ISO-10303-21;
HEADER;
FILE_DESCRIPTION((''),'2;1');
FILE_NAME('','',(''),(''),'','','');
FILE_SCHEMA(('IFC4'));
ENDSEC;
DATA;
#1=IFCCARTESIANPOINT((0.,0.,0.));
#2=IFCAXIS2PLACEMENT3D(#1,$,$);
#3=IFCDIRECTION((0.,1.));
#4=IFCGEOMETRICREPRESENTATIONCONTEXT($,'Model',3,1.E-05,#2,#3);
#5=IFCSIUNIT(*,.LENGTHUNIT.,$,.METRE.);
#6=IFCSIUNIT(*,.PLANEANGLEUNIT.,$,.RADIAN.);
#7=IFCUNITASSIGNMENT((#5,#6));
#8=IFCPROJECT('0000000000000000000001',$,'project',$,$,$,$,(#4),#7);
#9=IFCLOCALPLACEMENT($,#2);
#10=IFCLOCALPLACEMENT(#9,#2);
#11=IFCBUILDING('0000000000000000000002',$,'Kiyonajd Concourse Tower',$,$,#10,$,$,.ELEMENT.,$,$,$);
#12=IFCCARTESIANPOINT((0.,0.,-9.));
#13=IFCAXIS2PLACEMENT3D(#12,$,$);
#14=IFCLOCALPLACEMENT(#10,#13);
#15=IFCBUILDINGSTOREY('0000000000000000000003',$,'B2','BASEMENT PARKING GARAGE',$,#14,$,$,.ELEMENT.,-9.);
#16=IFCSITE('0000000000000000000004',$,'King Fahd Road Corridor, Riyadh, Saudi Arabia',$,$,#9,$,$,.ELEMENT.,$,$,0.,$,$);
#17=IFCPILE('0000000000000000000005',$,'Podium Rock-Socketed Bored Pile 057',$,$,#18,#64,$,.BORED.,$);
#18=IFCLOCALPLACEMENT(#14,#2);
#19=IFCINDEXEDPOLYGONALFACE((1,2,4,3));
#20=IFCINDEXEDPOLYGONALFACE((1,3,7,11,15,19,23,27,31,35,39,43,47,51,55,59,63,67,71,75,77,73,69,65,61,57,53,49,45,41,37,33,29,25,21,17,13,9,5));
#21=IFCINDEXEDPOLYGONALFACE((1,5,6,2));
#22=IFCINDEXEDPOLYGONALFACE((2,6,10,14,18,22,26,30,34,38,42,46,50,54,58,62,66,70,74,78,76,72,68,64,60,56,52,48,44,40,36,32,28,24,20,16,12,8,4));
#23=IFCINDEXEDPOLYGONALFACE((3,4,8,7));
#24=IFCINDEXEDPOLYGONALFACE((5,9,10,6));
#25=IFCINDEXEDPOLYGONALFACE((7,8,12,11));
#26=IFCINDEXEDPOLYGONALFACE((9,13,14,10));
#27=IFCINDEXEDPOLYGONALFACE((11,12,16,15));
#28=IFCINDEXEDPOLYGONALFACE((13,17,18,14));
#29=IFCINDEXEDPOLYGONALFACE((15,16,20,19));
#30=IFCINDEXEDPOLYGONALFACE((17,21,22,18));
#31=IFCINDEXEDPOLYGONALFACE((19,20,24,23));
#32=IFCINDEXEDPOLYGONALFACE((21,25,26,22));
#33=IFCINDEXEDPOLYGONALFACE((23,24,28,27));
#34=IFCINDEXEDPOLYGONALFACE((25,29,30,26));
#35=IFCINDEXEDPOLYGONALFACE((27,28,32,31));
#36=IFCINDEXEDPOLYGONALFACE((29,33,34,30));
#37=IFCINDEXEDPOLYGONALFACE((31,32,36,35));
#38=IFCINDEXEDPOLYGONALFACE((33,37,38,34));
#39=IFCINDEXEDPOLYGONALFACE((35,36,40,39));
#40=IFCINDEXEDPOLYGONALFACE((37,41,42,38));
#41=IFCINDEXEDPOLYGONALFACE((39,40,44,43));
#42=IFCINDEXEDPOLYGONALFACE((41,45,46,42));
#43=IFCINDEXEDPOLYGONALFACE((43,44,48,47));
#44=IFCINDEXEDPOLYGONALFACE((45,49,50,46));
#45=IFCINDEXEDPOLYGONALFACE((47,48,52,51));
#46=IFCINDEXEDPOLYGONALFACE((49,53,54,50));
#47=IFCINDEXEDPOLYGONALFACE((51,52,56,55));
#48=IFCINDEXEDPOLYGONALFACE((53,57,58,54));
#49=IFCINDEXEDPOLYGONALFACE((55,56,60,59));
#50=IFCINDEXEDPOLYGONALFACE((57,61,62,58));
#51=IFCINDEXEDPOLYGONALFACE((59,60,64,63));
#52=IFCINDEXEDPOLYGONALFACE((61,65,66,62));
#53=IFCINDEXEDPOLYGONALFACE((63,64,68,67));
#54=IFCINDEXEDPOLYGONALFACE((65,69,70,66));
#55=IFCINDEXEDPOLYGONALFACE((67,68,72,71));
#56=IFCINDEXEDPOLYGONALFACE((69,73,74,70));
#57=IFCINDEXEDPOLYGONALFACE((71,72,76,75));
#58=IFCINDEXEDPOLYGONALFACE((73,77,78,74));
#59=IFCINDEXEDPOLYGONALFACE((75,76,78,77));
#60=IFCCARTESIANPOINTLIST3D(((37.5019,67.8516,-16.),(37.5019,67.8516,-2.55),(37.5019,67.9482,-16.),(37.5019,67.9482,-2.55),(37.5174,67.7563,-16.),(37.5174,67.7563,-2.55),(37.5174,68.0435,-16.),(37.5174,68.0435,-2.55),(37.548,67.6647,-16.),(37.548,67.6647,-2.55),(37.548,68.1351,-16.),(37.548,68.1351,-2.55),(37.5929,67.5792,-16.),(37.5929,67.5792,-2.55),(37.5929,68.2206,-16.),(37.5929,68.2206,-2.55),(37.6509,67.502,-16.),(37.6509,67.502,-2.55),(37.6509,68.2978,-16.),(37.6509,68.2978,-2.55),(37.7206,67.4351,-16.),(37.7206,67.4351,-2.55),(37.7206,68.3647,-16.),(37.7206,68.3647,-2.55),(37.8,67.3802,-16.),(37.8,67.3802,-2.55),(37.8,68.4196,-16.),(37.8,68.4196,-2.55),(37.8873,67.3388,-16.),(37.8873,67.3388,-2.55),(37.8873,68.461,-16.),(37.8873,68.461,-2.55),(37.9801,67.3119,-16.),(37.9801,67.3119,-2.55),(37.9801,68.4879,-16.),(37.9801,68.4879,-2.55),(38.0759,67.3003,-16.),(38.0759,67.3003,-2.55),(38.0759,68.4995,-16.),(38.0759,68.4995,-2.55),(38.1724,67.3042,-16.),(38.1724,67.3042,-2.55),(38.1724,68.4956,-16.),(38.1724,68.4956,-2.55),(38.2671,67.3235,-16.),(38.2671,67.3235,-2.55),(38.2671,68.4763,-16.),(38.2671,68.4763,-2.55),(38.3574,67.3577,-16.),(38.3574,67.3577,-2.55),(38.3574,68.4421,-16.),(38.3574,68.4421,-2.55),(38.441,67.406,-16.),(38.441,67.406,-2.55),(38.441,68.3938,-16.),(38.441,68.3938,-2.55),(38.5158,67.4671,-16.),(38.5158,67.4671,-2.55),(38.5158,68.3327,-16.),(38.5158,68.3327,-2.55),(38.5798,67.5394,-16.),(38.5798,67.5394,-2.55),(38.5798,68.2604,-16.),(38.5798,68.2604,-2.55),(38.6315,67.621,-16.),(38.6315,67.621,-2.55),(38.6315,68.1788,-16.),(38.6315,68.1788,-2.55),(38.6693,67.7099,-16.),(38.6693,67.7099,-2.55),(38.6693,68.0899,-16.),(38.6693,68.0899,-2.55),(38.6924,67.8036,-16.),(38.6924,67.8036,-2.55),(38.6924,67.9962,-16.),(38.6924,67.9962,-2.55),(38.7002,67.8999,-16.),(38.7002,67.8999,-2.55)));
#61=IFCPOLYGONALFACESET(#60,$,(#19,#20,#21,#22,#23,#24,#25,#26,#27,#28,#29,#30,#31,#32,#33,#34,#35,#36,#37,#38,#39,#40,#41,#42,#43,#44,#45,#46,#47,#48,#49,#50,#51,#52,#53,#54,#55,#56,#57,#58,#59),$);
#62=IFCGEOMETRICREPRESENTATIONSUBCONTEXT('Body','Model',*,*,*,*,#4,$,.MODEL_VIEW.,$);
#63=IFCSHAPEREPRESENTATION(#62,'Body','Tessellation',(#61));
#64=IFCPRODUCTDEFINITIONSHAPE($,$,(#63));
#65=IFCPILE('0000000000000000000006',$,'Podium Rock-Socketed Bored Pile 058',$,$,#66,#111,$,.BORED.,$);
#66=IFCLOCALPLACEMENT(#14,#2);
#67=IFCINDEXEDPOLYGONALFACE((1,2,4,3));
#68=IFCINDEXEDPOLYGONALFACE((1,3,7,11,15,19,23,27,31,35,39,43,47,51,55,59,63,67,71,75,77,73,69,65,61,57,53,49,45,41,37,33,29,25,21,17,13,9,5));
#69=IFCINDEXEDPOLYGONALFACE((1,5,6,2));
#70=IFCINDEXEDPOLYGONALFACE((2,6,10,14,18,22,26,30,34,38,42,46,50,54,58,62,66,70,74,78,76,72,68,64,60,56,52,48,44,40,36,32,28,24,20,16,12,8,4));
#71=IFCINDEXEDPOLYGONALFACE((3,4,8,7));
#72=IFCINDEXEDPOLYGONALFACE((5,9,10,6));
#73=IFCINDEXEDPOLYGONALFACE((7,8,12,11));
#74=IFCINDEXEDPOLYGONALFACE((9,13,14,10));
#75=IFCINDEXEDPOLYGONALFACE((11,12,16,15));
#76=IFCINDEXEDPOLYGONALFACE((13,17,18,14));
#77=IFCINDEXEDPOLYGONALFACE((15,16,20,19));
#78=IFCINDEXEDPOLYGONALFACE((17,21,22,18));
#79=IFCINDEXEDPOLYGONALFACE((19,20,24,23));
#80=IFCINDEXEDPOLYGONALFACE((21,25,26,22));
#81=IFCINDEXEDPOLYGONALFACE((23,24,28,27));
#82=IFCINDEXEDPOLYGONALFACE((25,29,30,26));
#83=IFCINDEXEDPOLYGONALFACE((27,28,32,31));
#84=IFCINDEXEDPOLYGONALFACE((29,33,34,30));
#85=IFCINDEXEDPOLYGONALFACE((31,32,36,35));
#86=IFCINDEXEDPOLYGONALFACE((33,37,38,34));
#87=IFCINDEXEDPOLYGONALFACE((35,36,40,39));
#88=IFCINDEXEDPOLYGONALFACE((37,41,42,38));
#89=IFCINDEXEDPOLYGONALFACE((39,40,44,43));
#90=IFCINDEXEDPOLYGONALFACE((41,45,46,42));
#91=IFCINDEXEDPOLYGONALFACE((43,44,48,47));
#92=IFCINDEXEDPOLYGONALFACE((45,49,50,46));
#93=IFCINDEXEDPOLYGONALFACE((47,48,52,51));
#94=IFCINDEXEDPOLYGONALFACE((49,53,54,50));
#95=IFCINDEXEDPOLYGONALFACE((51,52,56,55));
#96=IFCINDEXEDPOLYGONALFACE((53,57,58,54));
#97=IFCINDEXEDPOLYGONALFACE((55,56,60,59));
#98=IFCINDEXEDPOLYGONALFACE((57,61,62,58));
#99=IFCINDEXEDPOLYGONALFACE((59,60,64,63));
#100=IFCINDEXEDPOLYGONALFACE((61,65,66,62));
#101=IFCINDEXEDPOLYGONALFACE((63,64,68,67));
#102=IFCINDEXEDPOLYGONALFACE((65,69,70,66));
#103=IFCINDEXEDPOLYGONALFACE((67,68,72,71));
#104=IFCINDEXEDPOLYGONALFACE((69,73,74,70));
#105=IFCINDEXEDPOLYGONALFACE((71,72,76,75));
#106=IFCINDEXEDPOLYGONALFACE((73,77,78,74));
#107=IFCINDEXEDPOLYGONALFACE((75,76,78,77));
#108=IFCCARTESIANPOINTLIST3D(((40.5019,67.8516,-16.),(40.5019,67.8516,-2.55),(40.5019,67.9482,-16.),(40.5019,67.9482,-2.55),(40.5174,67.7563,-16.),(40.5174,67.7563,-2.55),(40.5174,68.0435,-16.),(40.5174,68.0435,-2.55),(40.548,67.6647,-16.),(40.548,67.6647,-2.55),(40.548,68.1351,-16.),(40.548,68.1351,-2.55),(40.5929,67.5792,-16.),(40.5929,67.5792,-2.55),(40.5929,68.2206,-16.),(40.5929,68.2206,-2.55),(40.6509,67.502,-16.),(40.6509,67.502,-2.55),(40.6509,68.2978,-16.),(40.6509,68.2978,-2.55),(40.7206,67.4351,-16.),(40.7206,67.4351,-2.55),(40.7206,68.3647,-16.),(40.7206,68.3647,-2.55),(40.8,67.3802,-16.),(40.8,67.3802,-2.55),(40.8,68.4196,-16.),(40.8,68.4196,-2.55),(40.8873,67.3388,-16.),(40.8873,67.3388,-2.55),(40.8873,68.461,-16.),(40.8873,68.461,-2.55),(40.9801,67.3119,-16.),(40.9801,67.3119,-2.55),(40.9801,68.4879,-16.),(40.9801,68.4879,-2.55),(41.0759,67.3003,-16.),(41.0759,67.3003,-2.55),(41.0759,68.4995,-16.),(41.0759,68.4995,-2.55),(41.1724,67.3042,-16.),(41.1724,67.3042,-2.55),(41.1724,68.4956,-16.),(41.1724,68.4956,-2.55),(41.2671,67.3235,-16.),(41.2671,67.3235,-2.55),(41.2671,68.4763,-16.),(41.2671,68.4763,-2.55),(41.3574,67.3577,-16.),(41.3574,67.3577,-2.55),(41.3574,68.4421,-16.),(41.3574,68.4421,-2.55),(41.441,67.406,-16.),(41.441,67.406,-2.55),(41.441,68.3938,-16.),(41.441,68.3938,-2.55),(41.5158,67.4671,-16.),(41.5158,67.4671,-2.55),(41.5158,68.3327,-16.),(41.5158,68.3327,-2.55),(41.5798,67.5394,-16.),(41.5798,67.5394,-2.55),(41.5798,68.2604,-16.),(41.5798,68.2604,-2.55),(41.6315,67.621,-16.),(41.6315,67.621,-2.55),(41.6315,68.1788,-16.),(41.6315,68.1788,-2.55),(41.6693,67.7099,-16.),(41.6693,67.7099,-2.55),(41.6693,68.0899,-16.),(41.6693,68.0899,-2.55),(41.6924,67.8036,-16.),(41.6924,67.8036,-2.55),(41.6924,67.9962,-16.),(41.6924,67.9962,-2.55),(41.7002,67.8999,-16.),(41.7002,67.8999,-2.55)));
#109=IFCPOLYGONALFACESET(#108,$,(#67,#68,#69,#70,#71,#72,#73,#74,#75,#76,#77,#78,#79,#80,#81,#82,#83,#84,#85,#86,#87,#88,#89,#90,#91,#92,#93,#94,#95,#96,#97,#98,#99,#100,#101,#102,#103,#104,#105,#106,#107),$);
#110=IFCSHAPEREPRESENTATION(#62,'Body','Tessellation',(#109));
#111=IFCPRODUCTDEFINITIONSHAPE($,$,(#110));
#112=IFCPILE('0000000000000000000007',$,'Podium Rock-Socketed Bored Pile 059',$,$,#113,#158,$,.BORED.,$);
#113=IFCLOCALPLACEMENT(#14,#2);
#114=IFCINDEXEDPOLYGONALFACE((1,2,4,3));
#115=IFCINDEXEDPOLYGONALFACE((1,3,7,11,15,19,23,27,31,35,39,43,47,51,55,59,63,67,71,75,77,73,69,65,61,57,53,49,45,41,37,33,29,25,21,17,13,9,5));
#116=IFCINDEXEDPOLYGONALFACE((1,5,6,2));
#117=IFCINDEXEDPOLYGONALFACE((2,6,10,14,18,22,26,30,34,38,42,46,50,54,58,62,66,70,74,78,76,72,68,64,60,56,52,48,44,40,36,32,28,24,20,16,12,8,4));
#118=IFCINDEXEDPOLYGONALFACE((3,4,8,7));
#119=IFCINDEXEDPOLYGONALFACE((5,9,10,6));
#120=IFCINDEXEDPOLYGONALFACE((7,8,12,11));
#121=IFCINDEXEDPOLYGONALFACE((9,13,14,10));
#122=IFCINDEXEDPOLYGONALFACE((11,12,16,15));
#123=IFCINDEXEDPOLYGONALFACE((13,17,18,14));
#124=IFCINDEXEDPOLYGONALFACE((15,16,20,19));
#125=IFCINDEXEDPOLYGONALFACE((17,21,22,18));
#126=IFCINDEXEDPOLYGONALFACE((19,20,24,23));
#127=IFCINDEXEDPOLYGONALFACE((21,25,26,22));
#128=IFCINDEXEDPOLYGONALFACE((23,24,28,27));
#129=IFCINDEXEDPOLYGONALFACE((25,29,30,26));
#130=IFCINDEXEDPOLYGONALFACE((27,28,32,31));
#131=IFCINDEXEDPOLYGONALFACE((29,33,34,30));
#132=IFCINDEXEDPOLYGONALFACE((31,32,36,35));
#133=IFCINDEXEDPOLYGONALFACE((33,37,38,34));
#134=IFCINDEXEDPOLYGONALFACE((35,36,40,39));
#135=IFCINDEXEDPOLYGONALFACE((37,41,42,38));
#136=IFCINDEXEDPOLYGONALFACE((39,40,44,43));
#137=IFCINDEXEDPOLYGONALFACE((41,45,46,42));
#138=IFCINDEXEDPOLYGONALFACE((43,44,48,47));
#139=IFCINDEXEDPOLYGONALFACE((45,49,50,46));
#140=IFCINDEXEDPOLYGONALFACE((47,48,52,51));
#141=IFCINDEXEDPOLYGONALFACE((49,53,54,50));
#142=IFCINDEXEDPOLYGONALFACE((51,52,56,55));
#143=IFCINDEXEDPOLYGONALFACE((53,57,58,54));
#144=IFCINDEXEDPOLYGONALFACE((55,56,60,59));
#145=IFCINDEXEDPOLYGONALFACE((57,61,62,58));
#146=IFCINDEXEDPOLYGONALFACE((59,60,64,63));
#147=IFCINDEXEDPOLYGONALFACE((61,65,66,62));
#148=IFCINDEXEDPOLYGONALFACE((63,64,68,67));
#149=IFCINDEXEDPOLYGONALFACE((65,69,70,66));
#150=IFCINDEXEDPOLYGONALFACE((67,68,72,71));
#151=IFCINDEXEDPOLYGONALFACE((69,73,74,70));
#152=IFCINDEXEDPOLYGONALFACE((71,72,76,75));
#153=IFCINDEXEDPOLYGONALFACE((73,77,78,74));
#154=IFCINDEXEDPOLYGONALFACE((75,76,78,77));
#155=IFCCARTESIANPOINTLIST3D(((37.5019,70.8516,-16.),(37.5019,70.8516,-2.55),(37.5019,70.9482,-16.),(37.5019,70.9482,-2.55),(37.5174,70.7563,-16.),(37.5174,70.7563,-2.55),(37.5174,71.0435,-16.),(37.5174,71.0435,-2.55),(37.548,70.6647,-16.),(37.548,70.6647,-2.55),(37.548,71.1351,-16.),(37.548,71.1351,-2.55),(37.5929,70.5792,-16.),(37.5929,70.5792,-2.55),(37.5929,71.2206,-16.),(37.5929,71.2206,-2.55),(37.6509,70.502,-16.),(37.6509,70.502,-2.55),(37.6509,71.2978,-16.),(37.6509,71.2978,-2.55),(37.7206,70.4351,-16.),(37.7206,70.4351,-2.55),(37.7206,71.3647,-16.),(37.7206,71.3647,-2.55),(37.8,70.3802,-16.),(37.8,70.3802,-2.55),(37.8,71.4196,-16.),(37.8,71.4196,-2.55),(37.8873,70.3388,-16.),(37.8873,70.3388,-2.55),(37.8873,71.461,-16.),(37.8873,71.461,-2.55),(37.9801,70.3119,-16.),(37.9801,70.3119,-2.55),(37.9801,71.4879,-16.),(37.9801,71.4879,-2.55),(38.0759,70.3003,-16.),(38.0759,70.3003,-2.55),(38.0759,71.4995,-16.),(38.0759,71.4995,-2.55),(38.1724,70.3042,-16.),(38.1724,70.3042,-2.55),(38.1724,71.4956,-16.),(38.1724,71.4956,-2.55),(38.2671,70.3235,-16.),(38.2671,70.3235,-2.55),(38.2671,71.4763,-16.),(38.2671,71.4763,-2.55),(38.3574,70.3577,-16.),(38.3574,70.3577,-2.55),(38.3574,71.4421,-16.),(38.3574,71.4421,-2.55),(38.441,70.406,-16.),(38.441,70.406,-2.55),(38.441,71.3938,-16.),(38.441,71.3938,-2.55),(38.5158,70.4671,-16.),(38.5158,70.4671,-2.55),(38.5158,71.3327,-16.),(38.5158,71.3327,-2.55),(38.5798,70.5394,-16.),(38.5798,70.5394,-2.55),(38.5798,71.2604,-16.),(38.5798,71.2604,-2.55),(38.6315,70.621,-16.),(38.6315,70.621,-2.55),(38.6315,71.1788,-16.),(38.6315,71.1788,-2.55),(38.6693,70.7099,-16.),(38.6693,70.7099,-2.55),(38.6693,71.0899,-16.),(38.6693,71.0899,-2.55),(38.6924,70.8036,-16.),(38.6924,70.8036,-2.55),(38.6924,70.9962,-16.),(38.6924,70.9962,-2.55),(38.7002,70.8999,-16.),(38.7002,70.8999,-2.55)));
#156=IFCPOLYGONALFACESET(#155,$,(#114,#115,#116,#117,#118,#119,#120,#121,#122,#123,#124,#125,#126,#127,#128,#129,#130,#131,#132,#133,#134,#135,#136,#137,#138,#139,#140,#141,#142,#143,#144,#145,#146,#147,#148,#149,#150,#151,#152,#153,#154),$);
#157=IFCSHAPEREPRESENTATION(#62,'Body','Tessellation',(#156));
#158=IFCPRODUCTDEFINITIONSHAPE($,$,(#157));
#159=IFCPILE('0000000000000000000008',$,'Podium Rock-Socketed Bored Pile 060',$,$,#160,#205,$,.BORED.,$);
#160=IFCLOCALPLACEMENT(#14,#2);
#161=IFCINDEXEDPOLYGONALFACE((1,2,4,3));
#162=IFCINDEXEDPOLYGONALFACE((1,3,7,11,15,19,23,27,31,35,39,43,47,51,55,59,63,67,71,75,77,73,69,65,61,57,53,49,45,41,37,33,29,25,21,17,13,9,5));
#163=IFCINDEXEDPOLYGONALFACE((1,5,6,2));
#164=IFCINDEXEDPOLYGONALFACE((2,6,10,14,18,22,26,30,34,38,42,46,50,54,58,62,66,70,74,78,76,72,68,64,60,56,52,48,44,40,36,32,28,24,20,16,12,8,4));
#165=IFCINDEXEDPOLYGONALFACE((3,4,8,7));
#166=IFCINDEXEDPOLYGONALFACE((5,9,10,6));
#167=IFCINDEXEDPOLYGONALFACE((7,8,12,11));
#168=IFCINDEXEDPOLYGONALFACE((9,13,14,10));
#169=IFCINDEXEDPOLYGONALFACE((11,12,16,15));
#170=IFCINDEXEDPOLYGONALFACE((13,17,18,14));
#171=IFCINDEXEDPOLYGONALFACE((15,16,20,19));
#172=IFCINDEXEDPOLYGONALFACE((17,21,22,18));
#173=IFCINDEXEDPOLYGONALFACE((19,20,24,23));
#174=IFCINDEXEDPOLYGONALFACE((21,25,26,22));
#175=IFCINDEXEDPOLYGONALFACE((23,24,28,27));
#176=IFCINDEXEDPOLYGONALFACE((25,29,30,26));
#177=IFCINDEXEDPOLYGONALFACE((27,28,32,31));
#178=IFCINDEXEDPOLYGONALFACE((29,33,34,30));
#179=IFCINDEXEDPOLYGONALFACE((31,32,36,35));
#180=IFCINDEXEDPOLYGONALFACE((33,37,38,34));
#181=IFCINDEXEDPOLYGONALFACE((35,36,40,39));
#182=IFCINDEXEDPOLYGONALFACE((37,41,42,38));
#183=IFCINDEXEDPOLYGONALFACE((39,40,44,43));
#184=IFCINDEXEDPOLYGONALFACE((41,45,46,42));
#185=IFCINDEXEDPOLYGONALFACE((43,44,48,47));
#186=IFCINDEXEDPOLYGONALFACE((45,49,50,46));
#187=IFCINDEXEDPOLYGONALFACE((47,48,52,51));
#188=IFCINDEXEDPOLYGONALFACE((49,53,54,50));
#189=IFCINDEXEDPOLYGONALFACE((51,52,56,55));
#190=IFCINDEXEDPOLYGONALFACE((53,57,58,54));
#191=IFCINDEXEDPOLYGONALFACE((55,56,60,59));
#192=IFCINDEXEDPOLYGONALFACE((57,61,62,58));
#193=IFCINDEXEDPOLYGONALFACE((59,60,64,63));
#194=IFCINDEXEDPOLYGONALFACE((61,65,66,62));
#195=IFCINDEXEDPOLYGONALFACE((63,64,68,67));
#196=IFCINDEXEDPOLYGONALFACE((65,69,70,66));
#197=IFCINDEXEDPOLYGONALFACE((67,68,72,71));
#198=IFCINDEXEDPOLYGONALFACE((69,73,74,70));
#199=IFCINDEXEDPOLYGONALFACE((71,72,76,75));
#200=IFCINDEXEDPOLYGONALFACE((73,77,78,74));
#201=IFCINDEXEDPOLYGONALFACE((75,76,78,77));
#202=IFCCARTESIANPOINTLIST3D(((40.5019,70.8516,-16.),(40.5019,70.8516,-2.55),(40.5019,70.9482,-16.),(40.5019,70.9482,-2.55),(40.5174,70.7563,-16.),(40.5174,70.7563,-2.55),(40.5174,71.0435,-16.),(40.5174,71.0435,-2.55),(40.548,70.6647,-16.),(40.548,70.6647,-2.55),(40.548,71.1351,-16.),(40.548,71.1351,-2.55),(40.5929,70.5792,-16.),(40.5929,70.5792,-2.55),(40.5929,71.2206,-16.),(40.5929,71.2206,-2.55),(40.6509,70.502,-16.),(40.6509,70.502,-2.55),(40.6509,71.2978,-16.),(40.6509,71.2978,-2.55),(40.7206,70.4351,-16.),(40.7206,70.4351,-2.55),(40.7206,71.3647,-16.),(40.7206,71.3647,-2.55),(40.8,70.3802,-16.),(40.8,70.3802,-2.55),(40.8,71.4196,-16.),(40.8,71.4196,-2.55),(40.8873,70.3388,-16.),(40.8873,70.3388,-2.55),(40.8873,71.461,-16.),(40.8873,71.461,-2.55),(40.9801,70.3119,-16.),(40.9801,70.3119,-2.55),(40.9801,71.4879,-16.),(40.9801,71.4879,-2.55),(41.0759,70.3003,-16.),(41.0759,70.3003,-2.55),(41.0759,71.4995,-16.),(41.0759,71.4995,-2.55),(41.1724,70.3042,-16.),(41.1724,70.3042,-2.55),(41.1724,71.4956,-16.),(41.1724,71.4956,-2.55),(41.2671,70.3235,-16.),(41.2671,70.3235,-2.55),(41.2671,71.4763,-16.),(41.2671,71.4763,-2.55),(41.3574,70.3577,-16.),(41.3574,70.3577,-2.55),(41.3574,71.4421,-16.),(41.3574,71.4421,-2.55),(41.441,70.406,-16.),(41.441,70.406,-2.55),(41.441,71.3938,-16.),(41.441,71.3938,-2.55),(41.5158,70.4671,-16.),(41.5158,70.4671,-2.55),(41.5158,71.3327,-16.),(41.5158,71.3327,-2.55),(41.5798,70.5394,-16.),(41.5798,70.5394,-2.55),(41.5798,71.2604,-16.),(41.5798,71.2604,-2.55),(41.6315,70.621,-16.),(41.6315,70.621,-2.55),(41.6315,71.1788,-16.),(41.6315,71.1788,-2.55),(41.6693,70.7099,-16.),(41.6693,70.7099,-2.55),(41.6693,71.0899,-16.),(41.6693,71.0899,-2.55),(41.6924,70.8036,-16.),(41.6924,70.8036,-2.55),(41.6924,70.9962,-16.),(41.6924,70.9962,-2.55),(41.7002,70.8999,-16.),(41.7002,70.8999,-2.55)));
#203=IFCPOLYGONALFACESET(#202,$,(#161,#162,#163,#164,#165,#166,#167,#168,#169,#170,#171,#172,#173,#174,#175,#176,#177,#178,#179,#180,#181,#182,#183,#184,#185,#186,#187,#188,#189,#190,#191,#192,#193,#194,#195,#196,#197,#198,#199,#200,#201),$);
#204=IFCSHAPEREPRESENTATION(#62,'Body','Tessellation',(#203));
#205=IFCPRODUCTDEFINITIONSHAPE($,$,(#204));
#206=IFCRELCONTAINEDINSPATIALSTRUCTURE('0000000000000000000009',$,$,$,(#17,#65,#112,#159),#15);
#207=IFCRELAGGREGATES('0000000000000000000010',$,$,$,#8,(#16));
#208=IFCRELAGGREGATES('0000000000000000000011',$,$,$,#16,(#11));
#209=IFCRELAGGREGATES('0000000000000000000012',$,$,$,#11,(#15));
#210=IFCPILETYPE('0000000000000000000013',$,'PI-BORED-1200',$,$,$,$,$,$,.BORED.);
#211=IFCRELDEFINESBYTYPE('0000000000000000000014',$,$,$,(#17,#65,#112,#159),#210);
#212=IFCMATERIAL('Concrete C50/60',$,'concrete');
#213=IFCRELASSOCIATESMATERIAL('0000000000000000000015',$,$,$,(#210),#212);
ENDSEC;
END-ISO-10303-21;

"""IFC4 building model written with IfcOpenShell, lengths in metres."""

from ifc_helpers import new_model, si_unit, direction, frame, origin, origin_2d, place, context, subcontext, project, spatial, circle, extrude, material, material_profile, profile_set, type_object, element, save


model = new_model("IFC4")

# Units and contexts
model_context = context("Model", 3, precision=1e-05, world=origin(), true_north=direction((0.0, 1.0)))
body_context = subcontext(model_context, "Body", "Model", "MODEL_VIEW")
ifc_project = project(units=[si_unit("LENGTHUNIT", "METRE"), si_unit("PLANEANGLEUNIT", "RADIAN")], contexts=[model_context])

# Site, building, storey
site_placement = place(None, origin())
site = spatial("IfcSite", under=ifc_project, at=site_placement, Name="King Fahd Road Corridor, Riyadh, Saudi Arabia", CompositionType="ELEMENT", RefElevation=0.0)
building_placement = place(site_placement, origin())
building = spatial("IfcBuilding", under=site, at=building_placement, Name="Kiyonajd Concourse Tower", CompositionType="ELEMENT")
storey_placement = place(building_placement, frame((0.0, 0.0, -9.0)))
storey = spatial("IfcBuildingStorey", under=building, at=storey_placement, Name="B2", Description="BASEMENT PARKING GARAGE", CompositionType="ELEMENT", Elevation=-9.0)

# Shared definitions
ifc_material_1 = material(Name="Concrete C50/60", Category="concrete")

# Piles
ifc_material_profile_1 = material_profile(ifc_material_1, circle(Radius=0.6001, at=origin_2d()), Name="PILE-D1200")
ifc_profile_set_1 = profile_set([ifc_material_profile_1], Name="Concrete C50/60")
pile_type = type_object("IfcPileType", Name="PI-BORED-1200", PredefinedType="BORED", material=ifc_profile_set_1)
for number, where, z_axis, x_axis, name in (
    (1, (38.1001, 67.8999, -2.55), (0.0, 0.0, -1.0), (1.0, 0.0, 0.0), "Podium Rock-Socketed Bored Pile 057"),
    (2, (41.1001, 67.8999, -2.55), (0.0, 0.0, -1.0), (1.0, 0.0, 0.0), "Podium Rock-Socketed Bored Pile 058"),
    (3, (38.1001, 70.8999, -2.55), (0.0, 0.0, -1.0), (1.0, 0.0, 0.0), "Podium Rock-Socketed Bored Pile 059"),
    (4, (41.1001, 70.8999, -2.55), (0.0, 0.0, -1.0), (1.0, 0.0, 0.0), "Podium Rock-Socketed Bored Pile 060"),
):
    element("IfcPile", number, at=place(storey_placement, frame(where, z_axis=z_axis, x_axis=x_axis)), inside=storey, type_object=pile_type, Name=name, PredefinedType="BORED", context=body_context, shape_type="SweptSolid", body=[
        extrude(circle(Radius=0.6001, at=origin_2d()), origin(), (0.0, 0.0, 1.0), 13.45),
    ])

save(model, "model.ifc")
